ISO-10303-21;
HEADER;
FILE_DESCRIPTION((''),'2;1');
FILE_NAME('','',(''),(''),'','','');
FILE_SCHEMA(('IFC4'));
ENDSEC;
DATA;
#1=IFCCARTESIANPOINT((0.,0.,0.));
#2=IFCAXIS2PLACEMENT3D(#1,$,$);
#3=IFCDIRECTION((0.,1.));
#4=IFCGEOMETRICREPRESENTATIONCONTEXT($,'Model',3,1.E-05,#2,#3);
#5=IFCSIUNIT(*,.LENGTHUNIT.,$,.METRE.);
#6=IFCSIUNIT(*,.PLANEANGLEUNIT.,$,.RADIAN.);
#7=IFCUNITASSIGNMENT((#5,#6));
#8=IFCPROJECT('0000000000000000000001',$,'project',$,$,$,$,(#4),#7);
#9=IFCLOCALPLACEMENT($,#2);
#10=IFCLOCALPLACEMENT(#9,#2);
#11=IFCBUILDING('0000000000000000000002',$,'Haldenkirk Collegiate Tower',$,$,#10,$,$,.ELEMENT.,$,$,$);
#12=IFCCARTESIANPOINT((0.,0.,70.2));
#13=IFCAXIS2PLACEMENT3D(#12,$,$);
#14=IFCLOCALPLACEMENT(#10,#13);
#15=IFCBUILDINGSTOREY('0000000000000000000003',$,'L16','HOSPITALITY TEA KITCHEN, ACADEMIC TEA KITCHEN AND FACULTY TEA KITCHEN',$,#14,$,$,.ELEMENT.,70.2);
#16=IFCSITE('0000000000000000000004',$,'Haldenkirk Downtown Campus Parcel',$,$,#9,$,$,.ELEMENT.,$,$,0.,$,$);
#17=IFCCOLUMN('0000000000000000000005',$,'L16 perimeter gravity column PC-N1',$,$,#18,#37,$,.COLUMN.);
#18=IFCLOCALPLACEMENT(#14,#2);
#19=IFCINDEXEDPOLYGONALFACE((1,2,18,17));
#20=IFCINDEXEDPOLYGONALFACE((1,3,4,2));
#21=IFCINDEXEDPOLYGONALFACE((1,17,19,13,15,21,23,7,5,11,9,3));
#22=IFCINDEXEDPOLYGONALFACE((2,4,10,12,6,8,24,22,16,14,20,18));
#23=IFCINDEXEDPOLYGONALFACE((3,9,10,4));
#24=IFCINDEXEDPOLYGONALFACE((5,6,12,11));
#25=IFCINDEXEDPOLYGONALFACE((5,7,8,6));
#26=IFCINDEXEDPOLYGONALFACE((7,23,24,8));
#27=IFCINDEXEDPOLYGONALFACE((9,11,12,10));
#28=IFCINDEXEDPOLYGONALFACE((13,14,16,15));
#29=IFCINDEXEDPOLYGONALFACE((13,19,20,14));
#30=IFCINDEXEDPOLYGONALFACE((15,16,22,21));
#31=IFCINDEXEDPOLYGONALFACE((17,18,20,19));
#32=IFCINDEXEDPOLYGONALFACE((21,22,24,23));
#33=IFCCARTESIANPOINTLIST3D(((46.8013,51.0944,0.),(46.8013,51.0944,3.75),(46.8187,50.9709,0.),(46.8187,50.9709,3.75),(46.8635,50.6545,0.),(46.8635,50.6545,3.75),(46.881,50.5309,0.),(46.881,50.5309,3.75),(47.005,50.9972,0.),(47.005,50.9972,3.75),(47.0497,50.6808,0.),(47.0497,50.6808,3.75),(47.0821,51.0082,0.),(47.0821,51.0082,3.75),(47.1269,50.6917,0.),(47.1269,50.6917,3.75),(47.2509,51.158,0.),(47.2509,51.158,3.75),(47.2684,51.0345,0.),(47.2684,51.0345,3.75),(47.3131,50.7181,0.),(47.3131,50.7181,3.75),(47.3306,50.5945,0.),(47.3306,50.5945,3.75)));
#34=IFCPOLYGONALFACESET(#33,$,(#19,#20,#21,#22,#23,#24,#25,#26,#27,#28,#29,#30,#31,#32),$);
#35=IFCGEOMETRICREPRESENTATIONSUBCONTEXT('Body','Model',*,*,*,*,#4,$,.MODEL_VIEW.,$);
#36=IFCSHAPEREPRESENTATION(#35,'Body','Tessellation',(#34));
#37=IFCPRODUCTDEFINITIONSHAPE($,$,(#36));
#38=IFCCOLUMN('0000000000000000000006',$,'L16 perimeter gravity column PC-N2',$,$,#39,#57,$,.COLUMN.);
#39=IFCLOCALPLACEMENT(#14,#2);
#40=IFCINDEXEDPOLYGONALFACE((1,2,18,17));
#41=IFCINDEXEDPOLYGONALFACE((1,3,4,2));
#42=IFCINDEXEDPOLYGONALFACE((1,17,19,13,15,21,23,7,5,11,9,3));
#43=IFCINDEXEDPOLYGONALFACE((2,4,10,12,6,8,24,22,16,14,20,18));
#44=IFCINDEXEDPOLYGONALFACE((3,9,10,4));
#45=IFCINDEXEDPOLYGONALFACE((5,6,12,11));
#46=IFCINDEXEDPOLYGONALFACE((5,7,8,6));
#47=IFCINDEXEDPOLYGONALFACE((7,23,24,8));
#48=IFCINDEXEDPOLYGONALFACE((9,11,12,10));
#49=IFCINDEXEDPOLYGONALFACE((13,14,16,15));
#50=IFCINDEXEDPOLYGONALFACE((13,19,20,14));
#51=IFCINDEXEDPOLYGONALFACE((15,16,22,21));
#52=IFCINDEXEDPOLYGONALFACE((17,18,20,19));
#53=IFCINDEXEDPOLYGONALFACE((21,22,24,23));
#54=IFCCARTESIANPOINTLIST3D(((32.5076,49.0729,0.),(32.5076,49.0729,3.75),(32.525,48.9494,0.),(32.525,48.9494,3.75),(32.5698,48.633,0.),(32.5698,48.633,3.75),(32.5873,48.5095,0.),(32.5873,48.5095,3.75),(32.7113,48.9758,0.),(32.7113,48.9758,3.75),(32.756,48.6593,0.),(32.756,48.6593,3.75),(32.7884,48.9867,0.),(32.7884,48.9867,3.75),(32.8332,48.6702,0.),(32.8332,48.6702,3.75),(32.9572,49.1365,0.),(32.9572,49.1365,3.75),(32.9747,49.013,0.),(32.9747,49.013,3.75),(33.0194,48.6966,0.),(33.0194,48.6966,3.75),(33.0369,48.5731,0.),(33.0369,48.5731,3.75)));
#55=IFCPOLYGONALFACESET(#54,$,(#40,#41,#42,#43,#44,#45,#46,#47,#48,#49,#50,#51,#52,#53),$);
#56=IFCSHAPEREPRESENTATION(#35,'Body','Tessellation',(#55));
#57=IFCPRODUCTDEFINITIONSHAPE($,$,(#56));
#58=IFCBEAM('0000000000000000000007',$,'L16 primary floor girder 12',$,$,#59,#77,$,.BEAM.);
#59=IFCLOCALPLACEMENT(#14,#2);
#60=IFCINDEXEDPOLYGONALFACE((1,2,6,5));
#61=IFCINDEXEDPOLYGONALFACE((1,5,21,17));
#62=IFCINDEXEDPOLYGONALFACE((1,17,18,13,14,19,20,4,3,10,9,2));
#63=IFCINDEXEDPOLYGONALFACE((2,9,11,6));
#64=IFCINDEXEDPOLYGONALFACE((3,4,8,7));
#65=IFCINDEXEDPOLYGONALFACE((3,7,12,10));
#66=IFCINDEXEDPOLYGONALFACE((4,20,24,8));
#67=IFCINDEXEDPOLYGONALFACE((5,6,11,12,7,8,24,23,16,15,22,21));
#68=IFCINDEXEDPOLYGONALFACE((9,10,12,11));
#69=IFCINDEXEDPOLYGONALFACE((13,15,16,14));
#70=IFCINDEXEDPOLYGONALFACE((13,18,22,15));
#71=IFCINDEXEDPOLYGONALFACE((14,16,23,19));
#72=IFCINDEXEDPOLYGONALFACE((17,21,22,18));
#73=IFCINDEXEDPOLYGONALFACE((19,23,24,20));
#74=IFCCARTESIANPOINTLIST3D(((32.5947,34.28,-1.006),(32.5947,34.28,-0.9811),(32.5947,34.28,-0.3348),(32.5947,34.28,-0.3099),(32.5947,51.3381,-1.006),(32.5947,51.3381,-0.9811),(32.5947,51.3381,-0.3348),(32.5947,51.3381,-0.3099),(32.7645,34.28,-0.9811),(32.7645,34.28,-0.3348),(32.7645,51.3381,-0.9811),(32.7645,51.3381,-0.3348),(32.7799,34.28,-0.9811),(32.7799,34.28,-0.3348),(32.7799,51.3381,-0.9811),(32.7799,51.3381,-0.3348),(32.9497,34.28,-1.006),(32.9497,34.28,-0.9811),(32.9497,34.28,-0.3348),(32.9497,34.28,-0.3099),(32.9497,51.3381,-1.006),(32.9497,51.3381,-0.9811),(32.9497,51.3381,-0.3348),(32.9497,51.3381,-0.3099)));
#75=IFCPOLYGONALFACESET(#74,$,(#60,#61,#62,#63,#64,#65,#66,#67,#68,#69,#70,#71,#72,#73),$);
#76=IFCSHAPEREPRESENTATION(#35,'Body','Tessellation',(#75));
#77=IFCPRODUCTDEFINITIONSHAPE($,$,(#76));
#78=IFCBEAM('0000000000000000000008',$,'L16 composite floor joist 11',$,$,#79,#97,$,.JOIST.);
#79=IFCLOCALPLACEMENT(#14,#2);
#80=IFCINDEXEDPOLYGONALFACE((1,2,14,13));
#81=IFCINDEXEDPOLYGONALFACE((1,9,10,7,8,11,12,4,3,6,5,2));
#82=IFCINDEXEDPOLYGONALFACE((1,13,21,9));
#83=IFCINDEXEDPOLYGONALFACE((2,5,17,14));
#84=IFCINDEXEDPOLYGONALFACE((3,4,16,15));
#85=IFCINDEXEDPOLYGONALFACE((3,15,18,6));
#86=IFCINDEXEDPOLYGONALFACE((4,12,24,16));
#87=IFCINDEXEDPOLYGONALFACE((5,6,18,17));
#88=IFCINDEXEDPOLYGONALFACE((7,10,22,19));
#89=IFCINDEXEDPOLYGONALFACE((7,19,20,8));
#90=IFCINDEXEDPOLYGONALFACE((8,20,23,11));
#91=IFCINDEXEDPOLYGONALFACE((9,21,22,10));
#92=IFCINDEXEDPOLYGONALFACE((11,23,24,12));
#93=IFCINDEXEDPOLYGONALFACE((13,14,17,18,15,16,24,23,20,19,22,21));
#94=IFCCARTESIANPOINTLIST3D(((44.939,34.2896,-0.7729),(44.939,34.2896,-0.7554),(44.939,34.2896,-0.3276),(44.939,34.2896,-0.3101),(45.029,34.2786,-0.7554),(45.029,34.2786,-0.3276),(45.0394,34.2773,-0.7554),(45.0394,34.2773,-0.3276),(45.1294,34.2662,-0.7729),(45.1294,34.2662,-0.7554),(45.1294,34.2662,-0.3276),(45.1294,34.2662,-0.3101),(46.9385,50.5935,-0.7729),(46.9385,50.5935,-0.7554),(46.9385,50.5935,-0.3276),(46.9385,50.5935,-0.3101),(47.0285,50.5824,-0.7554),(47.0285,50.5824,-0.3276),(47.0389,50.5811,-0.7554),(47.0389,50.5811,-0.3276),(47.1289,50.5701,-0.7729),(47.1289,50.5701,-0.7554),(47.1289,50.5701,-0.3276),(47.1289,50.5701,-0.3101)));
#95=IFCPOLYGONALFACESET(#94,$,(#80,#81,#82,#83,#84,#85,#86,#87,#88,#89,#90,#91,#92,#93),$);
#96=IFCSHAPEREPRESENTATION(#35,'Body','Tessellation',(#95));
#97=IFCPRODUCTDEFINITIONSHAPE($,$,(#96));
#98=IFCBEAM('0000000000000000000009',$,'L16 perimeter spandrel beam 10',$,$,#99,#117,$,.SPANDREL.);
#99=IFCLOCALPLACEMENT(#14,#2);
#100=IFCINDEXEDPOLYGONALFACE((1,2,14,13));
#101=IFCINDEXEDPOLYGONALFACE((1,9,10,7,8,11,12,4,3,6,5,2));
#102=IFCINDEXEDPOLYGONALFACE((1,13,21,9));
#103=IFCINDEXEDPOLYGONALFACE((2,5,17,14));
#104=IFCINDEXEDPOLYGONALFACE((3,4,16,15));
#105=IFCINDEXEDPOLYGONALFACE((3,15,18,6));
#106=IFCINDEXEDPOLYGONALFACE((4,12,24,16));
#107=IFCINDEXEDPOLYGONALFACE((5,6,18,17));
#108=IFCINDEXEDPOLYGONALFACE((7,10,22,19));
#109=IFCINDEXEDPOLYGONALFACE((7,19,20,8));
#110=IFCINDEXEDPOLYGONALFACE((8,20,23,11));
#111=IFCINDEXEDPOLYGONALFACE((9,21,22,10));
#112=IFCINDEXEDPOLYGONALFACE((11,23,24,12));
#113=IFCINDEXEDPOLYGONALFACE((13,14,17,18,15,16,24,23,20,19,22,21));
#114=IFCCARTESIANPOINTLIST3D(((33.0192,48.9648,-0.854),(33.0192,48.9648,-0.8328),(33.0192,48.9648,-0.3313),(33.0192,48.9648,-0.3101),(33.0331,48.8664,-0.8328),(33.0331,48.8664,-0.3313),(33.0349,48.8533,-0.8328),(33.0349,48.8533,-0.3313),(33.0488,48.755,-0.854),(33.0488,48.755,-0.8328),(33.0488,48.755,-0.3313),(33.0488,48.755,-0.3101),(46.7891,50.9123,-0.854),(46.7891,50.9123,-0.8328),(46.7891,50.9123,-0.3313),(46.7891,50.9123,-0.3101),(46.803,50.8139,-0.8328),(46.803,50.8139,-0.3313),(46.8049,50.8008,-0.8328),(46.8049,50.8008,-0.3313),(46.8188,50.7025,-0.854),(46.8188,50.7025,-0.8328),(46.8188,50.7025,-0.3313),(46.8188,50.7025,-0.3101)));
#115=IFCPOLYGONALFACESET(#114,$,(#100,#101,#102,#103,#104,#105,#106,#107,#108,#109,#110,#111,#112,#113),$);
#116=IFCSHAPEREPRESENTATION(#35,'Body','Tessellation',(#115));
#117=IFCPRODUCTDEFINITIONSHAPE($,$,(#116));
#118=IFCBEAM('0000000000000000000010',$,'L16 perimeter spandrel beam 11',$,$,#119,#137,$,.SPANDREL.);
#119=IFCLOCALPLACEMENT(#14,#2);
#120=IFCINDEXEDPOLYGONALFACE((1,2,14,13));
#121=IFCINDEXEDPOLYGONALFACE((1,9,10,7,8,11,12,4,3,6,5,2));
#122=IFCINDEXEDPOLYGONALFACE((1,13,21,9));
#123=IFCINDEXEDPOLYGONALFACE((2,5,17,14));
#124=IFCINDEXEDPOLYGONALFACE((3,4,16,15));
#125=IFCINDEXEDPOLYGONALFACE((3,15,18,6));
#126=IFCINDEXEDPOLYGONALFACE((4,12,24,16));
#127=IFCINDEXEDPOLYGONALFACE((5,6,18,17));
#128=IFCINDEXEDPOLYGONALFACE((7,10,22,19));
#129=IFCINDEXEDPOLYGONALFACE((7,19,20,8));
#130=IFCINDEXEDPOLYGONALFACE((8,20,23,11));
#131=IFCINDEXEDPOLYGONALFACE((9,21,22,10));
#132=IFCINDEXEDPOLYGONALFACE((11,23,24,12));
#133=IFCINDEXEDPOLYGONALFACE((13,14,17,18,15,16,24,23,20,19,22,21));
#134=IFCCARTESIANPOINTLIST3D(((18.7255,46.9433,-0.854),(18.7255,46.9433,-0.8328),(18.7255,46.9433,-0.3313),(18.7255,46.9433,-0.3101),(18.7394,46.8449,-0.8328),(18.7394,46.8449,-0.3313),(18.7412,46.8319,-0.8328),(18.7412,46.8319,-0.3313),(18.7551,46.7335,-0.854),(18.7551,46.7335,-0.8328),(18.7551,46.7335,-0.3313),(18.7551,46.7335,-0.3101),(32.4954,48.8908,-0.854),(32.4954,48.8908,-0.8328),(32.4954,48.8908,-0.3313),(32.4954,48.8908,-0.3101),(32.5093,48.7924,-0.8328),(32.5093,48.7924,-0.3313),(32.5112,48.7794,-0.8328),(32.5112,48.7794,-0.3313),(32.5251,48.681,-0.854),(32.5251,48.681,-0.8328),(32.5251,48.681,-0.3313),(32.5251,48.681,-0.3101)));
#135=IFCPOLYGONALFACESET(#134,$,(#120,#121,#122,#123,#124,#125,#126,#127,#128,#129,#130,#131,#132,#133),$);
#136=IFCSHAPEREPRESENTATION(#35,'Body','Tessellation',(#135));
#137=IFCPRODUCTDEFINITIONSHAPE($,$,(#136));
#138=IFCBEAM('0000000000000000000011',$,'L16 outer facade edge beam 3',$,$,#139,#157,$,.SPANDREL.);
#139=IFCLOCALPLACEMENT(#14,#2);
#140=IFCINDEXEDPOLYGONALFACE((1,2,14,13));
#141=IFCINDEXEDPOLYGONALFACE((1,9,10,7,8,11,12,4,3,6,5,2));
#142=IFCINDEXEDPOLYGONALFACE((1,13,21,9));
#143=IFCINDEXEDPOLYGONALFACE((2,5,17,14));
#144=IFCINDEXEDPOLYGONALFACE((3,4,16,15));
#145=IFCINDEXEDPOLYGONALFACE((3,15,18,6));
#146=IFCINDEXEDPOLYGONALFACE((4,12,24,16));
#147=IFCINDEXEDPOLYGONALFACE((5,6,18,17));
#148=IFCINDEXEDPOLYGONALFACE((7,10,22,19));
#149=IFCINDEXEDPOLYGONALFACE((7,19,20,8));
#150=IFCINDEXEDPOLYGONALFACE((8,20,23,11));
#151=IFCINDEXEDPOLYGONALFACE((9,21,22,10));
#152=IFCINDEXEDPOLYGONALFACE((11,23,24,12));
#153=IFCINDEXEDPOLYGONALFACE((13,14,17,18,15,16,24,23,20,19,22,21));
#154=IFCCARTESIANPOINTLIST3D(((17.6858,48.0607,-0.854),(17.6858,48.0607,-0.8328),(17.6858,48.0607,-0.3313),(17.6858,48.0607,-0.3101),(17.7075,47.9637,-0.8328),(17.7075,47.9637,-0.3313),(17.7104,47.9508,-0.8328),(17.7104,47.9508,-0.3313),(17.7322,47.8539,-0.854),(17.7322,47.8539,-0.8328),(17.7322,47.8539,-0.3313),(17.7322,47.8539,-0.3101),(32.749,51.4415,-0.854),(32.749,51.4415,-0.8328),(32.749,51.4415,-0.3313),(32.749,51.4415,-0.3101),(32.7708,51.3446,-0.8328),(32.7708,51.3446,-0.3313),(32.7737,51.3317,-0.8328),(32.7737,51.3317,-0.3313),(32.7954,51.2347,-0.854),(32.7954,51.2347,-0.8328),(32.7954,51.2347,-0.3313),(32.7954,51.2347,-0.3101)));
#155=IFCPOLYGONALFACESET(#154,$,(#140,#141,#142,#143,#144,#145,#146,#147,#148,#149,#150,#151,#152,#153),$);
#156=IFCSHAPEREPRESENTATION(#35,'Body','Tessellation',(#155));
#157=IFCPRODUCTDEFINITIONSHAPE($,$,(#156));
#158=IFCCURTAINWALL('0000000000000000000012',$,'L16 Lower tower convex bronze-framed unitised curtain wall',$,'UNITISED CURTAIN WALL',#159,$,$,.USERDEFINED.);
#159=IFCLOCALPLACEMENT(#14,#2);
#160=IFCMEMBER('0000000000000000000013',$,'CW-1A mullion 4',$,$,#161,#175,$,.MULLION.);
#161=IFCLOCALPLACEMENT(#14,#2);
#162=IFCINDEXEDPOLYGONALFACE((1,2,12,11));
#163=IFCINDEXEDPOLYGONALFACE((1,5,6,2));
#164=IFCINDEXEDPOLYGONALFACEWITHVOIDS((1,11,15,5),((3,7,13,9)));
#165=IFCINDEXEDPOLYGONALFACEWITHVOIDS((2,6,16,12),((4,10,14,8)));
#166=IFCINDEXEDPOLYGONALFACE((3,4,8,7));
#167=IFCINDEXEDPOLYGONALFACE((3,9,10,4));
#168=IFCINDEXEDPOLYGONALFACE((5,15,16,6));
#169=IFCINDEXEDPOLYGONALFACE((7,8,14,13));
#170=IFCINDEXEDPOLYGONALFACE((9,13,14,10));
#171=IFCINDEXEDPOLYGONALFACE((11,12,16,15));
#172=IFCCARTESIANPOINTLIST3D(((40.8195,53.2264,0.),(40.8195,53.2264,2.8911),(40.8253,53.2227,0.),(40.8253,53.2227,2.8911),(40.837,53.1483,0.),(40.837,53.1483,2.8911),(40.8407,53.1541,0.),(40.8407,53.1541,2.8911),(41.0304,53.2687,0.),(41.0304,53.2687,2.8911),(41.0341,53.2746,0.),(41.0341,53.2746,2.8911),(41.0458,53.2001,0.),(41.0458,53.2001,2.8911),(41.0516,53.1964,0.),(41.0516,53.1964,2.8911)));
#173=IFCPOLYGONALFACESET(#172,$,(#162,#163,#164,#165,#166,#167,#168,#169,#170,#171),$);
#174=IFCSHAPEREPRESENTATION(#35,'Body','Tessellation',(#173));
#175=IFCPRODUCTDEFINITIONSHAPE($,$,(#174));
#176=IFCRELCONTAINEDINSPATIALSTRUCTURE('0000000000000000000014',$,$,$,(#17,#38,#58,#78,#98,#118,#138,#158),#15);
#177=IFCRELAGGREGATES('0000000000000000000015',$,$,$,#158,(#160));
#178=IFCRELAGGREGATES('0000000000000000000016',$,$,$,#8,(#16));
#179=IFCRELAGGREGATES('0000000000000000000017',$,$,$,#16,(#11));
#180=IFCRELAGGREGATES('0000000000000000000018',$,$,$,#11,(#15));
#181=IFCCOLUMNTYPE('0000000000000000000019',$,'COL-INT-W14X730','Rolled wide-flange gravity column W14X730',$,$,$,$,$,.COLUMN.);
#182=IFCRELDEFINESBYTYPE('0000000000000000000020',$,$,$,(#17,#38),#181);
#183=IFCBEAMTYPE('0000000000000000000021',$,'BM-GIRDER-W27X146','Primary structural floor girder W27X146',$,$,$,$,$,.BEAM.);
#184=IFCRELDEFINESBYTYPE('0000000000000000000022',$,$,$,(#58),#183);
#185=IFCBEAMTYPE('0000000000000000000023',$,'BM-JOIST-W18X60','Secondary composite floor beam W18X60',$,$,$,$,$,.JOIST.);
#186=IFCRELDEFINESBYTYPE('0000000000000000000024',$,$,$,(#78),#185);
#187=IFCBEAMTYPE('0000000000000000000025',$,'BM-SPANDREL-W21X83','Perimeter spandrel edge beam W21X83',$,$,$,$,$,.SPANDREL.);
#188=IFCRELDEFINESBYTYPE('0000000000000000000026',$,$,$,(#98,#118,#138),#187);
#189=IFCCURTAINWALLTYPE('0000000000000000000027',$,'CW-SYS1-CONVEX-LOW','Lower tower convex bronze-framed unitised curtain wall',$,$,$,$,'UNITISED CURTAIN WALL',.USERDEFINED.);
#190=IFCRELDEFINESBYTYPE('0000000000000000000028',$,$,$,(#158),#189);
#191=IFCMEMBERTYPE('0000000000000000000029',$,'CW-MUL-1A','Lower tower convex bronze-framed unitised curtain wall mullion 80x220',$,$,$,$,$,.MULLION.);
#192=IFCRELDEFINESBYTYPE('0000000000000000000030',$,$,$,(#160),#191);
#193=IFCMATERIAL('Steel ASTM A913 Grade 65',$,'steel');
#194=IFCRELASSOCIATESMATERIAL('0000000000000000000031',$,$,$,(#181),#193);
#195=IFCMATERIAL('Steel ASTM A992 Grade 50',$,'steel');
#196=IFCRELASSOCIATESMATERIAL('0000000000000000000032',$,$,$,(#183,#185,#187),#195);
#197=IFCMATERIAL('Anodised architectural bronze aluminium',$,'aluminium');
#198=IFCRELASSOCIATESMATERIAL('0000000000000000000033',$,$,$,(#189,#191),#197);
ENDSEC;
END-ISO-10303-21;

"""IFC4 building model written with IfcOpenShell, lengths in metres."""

from ifc_helpers import new_model, si_unit, direction, frame, origin, origin_2d, place, context, subcontext, project, spatial, hollow_rectangle, i_section, extrude, material, material_profile, profile_set, type_object, element, aggregate, save


model = new_model("IFC4")

# Units and contexts
model_context = context("Model", 3, precision=1e-05, world=origin(), true_north=direction((0.0, 1.0)))
body_context = subcontext(model_context, "Body", "Model", "MODEL_VIEW")
ifc_project = project(units=[si_unit("LENGTHUNIT", "METRE"), si_unit("PLANEANGLEUNIT", "RADIAN")], contexts=[model_context])

# Site, building, storey
site_placement = place(None, origin())
site = spatial("IfcSite", under=ifc_project, at=site_placement, Name="Haldenkirk Downtown Campus Parcel", CompositionType="ELEMENT", RefElevation=0.0)
building_placement = place(site_placement, origin())
building = spatial("IfcBuilding", under=site, at=building_placement, Name="Haldenkirk Collegiate Tower", CompositionType="ELEMENT")
storey_placement = place(building_placement, frame((0.0, 0.0, 70.2)))
storey = spatial("IfcBuildingStorey", under=building, at=storey_placement, Name="L16", Description="HOSPITALITY TEA KITCHEN, ACADEMIC TEA KITCHEN AND FACULTY TEA KITCHEN", CompositionType="ELEMENT", Elevation=70.2)

# Columns
ifc_material_1 = material(Name="Steel ASTM A913 Grade 65", Category="steel")
ifc_material_profile_1 = material_profile(ifc_material_1, i_section(OverallWidth=0.4541, OverallDepth=0.5691, WebThickness=0.0779, FlangeThickness=0.1248, at=origin_2d()), Name="W14X730")
ifc_profile_set_1 = profile_set([ifc_material_profile_1], Name="Steel ASTM A913 Grade 65")
column_type = type_object("IfcColumnType", Name="COL-INT-W14X730", Description="Rolled wide-flange gravity column W14X730", PredefinedType="COLUMN", material=ifc_profile_set_1)
for number, where, z_axis, x_axis, name in (
    (1, (47.0659, 50.8445, 0.0), (0.0, 0.0, 1.0), (0.990146, 0.140037, 0.0), "L16 perimeter gravity column PC-N1"),
    (2, (32.7722, 48.823, 0.0), (0.0, 0.0, 1.0), (0.990146, 0.140037, 0.0), "L16 perimeter gravity column PC-N2"),
):
    element("IfcColumn", number, at=place(storey_placement, frame(where, z_axis=z_axis, x_axis=x_axis)), inside=storey, type_object=column_type, Name=name, PredefinedType="COLUMN", context=body_context, shape_type="SweptSolid", body=[
        extrude(i_section(OverallWidth=0.4541, OverallDepth=0.5691, WebThickness=0.0779, FlangeThickness=0.1248, at=origin_2d()), origin(), (0.0, 0.0, 1.0), 3.75),
    ])

# Beams
ifc_material_2 = material(Name="Steel ASTM A992 Grade 50", Category="steel")
ifc_material_profile_2 = material_profile(ifc_material_2, i_section(OverallWidth=0.355, OverallDepth=0.696, WebThickness=0.0154, FlangeThickness=0.0249, at=origin_2d()), Name="W27X146")
ifc_profile_set_2 = profile_set([ifc_material_profile_2], Name="Steel ASTM A992 Grade 50")
beam_type_1 = type_object("IfcBeamType", Name="BM-GIRDER-W27X146", Description="Primary structural floor girder W27X146", PredefinedType="BEAM", material=ifc_profile_set_2)
beam_1_placement = place(storey_placement, frame((32.7722, 51.3381, -0.658), z_axis=(0.0, -1.0, 0.0), x_axis=(1.0, 0.0, 0.0)))
element("IfcBeam", 3, at=beam_1_placement, inside=storey, type_object=beam_type_1, Name="L16 primary floor girder 12", PredefinedType="BEAM", context=body_context, shape_type="SweptSolid", body=[
    extrude(i_section(OverallWidth=0.355, OverallDepth=0.696, WebThickness=0.0154, FlangeThickness=0.0249, at=origin_2d()), origin(), (0.0, 0.0, 1.0), 17.0581),
])
ifc_material_profile_3 = material_profile(ifc_material_2, i_section(OverallWidth=0.1919, OverallDepth=0.4629, WebThickness=0.0105, FlangeThickness=0.0176, at=origin_2d()), Name="W18X60")
ifc_profile_set_3 = profile_set([ifc_material_profile_3], Name="Steel ASTM A992 Grade 50")
beam_type_2 = type_object("IfcBeamType", Name="BM-JOIST-W18X60", Description="Secondary composite floor beam W18X60", PredefinedType="JOIST", material=ifc_profile_set_3)
beam_2_placement = place(storey_placement, frame((47.0337, 50.5818, -0.5415), z_axis=(-0.121728, -0.992564, 0.0), x_axis=(0.992564, -0.121728, 0.0)))
element("IfcBeam", 4, at=beam_2_placement, inside=storey, type_object=beam_type_2, Name="L16 composite floor joist 11", PredefinedType="JOIST", context=body_context, shape_type="SweptSolid", body=[
    extrude(i_section(OverallWidth=0.1919, OverallDepth=0.4629, WebThickness=0.0105, FlangeThickness=0.0176, at=origin_2d()), origin(), (0.0, 0.0, 1.0), 16.426),
])
ifc_material_profile_4 = material_profile(ifc_material_2, i_section(OverallWidth=0.2119, OverallDepth=0.5439, WebThickness=0.0132, FlangeThickness=0.0212, at=origin_2d()), Name="W21X83")
ifc_profile_set_4 = profile_set([ifc_material_profile_4], Name="Steel ASTM A992 Grade 50")
beam_type_3 = type_object("IfcBeamType", Name="BM-SPANDREL-W21X83", Description="Perimeter spandrel edge beam W21X83", PredefinedType="SPANDREL", material=ifc_profile_set_4)
for number, where, z_axis, x_axis, name in (
    (5, (46.804, 50.8074, -0.582), (-0.990146, -0.140038, 0.0), (0.140038, -0.990146, 0.0), "L16 perimeter spandrel beam 10"),
    (6, (32.5103, 48.7859, -0.582), (-0.990146, -0.140038, 0.0), (0.140038, -0.990146, 0.0), "L16 perimeter spandrel beam 11"),
):
    element("IfcBeam", number, at=place(storey_placement, frame(where, z_axis=z_axis, x_axis=x_axis)), inside=storey, type_object=beam_type_3, Name=name, PredefinedType="SPANDREL", context=body_context, shape_type="SweptSolid", body=[
        extrude(i_section(OverallWidth=0.2119, OverallDepth=0.5439, WebThickness=0.0132, FlangeThickness=0.0212, at=origin_2d()), origin(), (0.0, 0.0, 1.0), 13.907),
    ])
beam_3_placement = place(storey_placement, frame((32.7722, 51.3381, -0.582), z_axis=(-0.975726, -0.218996, 0.0), x_axis=(0.218996, -0.975726, 0.0)))
element("IfcBeam", 7, at=beam_3_placement, inside=storey, type_object=beam_type_3, Name="L16 outer facade edge beam 3", PredefinedType="SPANDREL", context=body_context, shape_type="SweptSolid", body=[
    extrude(i_section(OverallWidth=0.2119, OverallDepth=0.5439, WebThickness=0.0132, FlangeThickness=0.0212, at=origin_2d()), origin(), (0.0, 0.0, 1.0), 15.438),
])

# Curtain wall, member
ifc_material_3 = material(Name="Anodised architectural bronze aluminium", Category="aluminium")
curtain_wall_type = type_object("IfcCurtainWallType", Name="CW-SYS1-CONVEX-LOW", Description="Lower tower convex bronze-framed unitised curtain wall", ElementType="UNITISED CURTAIN WALL", PredefinedType="USERDEFINED", material=ifc_material_3)
curtain_wall_placement = place(storey_placement, origin())
curtain_wall = element("IfcCurtainWall", 8, at=curtain_wall_placement, inside=storey, type_object=curtain_wall_type, Name="L16 Lower tower convex bronze-framed unitised curtain wall", ObjectType="UNITISED CURTAIN WALL", PredefinedType="USERDEFINED")
ifc_material_profile_5 = material_profile(ifc_material_3, hollow_rectangle(XDim=0.0801, YDim=0.22, WallThickness=0.0049, at=origin_2d()), Name="CW-MUL-1A")
ifc_profile_set_5 = profile_set([ifc_material_profile_5], Name="Anodised architectural bronze aluminium")
member_type_1 = type_object("IfcMemberType", Name="CW-MUL-1A", Description="Lower tower convex bronze-framed unitised curtain wall mullion 80x220", PredefinedType="MULLION", material=ifc_profile_set_5)
member_1_placement = place(storey_placement, frame((40.9355, 53.2114, 0.0), z_axis=(0.0, 0.0, 1.0), x_axis=(-0.218996, 0.975726, 0.0)))
member_1 = element("IfcMember", 9, at=member_1_placement, type_object=member_type_1, Name="CW-1A mullion 4", PredefinedType="MULLION", context=body_context, shape_type="SweptSolid", body=[
    extrude(hollow_rectangle(XDim=0.0801, YDim=0.22, WallThickness=0.0049, at=origin_2d()), origin(), (0.0, 0.0, 1.0), 2.8911),
])
aggregate(curtain_wall, [member_1])

save(model, "model.ifc")
